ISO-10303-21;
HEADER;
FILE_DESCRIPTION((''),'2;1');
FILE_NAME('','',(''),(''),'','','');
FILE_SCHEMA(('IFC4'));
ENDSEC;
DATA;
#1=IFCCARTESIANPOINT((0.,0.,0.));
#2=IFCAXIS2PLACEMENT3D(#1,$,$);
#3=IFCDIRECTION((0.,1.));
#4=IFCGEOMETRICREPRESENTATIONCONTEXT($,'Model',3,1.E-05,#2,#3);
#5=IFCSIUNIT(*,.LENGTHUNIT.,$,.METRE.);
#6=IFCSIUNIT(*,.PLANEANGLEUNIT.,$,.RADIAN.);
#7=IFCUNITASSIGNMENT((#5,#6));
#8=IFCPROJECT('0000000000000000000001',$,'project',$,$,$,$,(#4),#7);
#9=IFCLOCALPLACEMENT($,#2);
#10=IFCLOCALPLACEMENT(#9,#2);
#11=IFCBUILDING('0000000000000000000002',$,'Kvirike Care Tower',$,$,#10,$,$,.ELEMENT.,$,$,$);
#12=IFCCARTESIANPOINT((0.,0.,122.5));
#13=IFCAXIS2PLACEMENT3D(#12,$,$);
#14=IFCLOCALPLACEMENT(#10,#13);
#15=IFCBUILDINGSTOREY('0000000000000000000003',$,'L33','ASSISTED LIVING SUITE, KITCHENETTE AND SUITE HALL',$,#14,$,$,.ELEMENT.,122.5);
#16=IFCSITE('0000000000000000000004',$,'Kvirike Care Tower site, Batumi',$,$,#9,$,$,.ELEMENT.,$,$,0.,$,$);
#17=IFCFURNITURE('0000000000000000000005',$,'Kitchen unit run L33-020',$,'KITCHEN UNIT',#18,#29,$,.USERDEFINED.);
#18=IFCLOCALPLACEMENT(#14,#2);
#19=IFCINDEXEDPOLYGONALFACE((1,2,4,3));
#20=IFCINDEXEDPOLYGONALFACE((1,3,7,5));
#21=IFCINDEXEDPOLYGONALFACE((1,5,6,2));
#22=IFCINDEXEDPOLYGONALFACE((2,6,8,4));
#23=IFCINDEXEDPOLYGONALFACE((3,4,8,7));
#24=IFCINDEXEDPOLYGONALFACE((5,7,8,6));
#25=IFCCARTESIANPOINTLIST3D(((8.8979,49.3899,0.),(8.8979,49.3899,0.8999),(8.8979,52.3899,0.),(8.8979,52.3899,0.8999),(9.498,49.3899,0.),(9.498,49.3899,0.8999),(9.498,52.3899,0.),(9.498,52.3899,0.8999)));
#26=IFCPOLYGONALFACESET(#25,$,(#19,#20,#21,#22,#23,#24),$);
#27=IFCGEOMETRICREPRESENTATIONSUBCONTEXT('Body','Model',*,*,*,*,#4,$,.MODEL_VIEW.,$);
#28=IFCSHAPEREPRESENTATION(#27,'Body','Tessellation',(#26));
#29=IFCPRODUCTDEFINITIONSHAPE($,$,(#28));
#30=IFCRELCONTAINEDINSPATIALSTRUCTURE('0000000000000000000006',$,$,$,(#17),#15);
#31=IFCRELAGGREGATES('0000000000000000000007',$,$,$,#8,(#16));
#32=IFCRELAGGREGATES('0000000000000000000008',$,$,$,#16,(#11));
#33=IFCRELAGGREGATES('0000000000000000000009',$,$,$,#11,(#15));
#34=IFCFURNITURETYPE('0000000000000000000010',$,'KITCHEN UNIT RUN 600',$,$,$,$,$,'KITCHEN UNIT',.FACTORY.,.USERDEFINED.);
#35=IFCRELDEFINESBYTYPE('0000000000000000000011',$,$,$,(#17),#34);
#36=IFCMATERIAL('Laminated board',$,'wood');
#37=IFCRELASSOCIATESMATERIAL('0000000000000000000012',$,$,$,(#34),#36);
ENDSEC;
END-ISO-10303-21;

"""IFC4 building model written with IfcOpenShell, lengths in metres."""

from ifc_helpers import new_model, si_unit, direction, frame, origin, origin_2d, place, context, subcontext, project, spatial, rectangle, extrude, material, type_object, element, save


model = new_model("IFC4")

# Units and contexts
model_context = context("Model", 3, precision=1e-05, world=origin(), true_north=direction((0.0, 1.0)))
body_context = subcontext(model_context, "Body", "Model", "MODEL_VIEW")
ifc_project = project(units=[si_unit("LENGTHUNIT", "METRE"), si_unit("PLANEANGLEUNIT", "RADIAN")], contexts=[model_context])

# Site, building, storey
site_placement = place(None, origin())
site = spatial("IfcSite", under=ifc_project, at=site_placement, Name="Kvirike Care Tower site, Batumi", CompositionType="ELEMENT", RefElevation=0.0)
building_placement = place(site_placement, origin())
building = spatial("IfcBuilding", under=site, at=building_placement, Name="Kvirike Care Tower", CompositionType="ELEMENT")
storey_placement = place(building_placement, frame((0.0, 0.0, 122.5)))
storey = spatial("IfcBuildingStorey", under=building, at=storey_placement, Name="L33", Description="ASSISTED LIVING SUITE, KITCHENETTE AND SUITE HALL", CompositionType="ELEMENT", Elevation=122.5)

# Furniture
ifc_material_1 = material(Name="Laminated board", Category="wood")
furniture_type = type_object("IfcFurnitureType", Name="KITCHEN UNIT RUN 600", ElementType="KITCHEN UNIT", AssemblyPlace="FACTORY", PredefinedType="USERDEFINED", material=ifc_material_1)
furniture_1_placement = place(storey_placement, frame((9.198, 50.8899, 0.0), z_axis=(0.0, 0.0, 1.0), x_axis=(0.0, -1.0, 0.0)))
element("IfcFurniture", 1, at=furniture_1_placement, inside=storey, type_object=furniture_type, Name="Kitchen unit run L33-020", ObjectType="KITCHEN UNIT", PredefinedType="USERDEFINED", context=body_context, shape_type="SweptSolid", body=[
    extrude(rectangle(XDim=3.0, YDim=0.6001, at=origin_2d()), origin(), (0.0, 0.0, 1.0), 0.8999),
])

save(model, "model.ifc")
